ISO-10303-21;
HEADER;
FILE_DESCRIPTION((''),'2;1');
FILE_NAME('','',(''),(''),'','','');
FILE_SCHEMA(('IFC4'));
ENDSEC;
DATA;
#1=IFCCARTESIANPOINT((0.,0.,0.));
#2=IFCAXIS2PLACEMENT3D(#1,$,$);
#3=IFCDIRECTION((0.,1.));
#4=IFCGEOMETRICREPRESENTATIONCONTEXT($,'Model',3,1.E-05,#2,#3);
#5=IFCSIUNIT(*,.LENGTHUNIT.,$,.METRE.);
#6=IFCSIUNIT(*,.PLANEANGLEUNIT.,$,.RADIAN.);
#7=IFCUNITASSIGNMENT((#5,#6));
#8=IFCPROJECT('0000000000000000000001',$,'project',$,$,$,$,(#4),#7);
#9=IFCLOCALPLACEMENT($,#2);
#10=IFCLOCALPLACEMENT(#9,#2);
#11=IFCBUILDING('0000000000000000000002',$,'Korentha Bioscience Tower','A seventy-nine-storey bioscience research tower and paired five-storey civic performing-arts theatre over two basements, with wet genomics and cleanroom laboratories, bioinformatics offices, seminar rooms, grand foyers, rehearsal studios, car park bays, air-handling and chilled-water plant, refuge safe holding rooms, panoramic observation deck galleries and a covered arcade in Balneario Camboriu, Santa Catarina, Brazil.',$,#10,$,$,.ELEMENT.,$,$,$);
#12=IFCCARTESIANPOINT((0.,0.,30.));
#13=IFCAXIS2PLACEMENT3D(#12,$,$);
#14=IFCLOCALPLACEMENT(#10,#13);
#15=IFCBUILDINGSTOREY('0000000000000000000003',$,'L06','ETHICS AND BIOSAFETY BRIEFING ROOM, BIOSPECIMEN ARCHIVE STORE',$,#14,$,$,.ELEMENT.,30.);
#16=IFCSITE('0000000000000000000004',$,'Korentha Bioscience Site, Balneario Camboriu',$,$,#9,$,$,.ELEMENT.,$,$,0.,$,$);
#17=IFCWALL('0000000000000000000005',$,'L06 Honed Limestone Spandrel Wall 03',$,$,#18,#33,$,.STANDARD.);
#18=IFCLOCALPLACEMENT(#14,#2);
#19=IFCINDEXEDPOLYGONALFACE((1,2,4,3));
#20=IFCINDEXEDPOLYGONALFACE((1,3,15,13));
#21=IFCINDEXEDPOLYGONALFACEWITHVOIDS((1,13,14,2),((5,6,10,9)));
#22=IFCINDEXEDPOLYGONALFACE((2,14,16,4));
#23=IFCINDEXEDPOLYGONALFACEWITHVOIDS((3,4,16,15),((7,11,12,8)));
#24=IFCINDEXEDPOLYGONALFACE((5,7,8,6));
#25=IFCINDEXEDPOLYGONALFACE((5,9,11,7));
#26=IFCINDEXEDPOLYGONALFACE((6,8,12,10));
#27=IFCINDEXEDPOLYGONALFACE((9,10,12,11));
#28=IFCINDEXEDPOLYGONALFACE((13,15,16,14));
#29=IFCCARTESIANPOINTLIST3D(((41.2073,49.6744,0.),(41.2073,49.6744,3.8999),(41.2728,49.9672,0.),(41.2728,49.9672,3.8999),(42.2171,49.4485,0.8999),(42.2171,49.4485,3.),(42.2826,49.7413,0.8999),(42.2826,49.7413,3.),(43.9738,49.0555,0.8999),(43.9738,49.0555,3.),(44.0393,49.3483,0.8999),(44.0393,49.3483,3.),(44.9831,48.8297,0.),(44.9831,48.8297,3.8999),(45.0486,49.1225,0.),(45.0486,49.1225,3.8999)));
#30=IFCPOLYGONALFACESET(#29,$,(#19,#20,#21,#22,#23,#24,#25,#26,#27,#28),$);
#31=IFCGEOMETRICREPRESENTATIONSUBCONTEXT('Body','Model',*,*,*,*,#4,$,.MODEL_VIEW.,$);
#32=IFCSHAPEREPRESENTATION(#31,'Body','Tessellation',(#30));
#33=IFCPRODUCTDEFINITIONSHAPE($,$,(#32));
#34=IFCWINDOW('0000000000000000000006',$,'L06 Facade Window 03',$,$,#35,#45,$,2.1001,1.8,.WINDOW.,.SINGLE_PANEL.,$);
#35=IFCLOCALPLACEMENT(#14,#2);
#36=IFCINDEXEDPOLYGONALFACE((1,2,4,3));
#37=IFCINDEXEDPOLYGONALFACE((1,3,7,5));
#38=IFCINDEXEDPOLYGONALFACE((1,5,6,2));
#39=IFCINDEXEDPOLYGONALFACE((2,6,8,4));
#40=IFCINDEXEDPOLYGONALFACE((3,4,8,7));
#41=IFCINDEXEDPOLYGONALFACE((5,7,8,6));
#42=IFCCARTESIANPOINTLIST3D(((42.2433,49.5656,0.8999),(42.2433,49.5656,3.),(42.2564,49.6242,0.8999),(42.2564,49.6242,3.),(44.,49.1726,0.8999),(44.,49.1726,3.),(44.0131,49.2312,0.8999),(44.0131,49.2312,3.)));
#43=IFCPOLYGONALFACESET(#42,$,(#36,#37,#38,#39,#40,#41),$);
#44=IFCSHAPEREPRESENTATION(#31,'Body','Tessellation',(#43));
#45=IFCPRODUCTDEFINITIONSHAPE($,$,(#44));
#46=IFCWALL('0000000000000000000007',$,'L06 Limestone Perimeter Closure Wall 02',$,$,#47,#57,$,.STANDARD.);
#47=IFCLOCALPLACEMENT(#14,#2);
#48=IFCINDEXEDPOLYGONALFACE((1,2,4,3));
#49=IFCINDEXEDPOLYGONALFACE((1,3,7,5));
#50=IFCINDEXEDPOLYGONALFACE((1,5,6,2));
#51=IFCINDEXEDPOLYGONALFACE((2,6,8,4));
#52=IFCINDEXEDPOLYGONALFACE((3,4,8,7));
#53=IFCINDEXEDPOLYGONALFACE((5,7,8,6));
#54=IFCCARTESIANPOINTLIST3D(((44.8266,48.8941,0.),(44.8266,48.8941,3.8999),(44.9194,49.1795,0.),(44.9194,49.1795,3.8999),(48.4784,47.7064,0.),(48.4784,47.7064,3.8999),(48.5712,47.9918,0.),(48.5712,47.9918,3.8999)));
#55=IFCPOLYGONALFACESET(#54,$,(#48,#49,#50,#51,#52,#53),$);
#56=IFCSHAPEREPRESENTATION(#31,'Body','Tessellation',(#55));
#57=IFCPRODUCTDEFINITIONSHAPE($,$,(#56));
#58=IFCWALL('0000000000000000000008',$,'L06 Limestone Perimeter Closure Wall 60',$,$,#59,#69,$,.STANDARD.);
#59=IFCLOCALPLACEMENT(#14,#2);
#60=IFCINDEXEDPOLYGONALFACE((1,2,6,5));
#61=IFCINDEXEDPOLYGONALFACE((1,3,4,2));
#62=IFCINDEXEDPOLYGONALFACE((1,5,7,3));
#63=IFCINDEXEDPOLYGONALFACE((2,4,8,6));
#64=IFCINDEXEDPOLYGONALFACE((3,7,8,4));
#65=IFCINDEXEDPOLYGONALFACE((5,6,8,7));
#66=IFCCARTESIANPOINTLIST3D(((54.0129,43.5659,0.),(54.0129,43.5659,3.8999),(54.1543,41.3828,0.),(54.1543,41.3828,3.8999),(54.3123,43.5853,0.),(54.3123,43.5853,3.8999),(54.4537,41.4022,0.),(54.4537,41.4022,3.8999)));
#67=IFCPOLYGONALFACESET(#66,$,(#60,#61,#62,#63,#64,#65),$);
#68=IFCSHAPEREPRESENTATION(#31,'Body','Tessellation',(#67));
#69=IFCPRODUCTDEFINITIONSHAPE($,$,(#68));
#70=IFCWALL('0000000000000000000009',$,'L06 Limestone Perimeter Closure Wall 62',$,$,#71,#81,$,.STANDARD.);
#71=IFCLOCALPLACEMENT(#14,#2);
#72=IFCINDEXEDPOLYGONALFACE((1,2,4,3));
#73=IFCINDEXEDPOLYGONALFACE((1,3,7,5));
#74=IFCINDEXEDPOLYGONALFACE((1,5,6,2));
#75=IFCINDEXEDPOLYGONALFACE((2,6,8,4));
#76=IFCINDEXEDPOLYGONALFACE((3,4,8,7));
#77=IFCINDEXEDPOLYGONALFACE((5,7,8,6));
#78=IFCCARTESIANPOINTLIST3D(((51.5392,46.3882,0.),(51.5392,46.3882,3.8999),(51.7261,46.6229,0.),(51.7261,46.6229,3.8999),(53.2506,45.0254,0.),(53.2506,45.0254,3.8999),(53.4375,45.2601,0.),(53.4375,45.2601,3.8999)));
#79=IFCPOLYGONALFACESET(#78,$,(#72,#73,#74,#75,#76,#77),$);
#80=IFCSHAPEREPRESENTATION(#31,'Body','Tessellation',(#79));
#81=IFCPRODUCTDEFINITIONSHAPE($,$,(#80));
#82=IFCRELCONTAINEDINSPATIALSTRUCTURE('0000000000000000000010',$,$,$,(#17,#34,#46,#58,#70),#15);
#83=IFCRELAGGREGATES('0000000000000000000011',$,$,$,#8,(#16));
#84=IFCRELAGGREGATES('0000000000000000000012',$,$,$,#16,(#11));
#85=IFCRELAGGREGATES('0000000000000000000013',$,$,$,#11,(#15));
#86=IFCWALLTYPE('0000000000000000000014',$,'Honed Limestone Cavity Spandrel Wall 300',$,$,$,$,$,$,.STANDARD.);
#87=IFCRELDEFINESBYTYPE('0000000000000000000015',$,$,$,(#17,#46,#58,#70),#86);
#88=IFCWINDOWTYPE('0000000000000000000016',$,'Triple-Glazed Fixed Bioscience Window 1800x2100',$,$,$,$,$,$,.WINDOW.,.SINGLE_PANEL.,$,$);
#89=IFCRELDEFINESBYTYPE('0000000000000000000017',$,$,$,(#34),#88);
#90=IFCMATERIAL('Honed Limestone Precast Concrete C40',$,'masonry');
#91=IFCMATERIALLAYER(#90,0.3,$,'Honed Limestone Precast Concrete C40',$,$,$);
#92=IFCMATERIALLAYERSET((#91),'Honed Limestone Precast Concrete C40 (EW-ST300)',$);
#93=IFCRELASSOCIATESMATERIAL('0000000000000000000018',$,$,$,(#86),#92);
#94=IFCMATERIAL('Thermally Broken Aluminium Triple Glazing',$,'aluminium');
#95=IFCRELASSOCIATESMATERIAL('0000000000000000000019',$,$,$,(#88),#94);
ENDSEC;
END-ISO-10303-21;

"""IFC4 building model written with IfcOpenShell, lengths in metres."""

from ifc_helpers import new_model, si_unit, direction, frame, frame_2d, origin, place, context, subcontext, project, spatial, rectangle, extrude, material, layer, layer_set, type_object, element, fill, save


model = new_model("IFC4")

# Units and contexts
model_context = context("Model", 3, precision=1e-05, world=origin(), true_north=direction((0.0, 1.0)))
body_context = subcontext(model_context, "Body", "Model", "MODEL_VIEW")
ifc_project = project(units=[si_unit("LENGTHUNIT", "METRE"), si_unit("PLANEANGLEUNIT", "RADIAN")], contexts=[model_context])

# Site, building, storey
site_placement = place(None, origin())
site = spatial("IfcSite", under=ifc_project, at=site_placement, Name="Korentha Bioscience Site, Balneario Camboriu", CompositionType="ELEMENT", RefElevation=0.0)
building_placement = place(site_placement, origin())
building = spatial("IfcBuilding", under=site, at=building_placement, Name="Korentha Bioscience Tower", Description="A seventy-nine-storey bioscience research tower and paired five-storey civic performing-arts theatre over two basements, with wet genomics and cleanroom laboratories, bioinformatics offices, seminar rooms, grand foyers, rehearsal studios, car park bays, air-handling and chilled-water plant, refuge safe holding rooms, panoramic observation deck galleries and a covered arcade in Balneario Camboriu, Santa Catarina, Brazil.", CompositionType="ELEMENT")
storey_placement = place(building_placement, frame((0.0, 0.0, 30.0)))
storey = spatial("IfcBuildingStorey", under=building, at=storey_placement, Name="L06", Description="ETHICS AND BIOSAFETY BRIEFING ROOM, BIOSPECIMEN ARCHIVE STORE", CompositionType="ELEMENT", Elevation=30.0)

# Wall, opening, window
ifc_material_1 = material(Name="Honed Limestone Precast Concrete C40", Category="masonry")
ifc_layer_1 = layer(ifc_material_1, 0.3, Name="Honed Limestone Precast Concrete C40")
ifc_layer_set_1 = layer_set([ifc_layer_1], Name="Honed Limestone Precast Concrete C40 (EW-ST300)")
wall_type_1 = type_object("IfcWallType", Name="Honed Limestone Cavity Spandrel Wall 300", PredefinedType="STANDARD", material=ifc_layer_set_1)
wall_1_placement = place(storey_placement, frame((45.0159, 48.9761, 0.0), z_axis=(0.0, 0.0, 1.0), x_axis=(-0.975877, 0.21832, 0.0)))
wall_1 = element("IfcWall", 1, at=wall_1_placement, inside=storey, type_object=wall_type_1, Name="L06 Honed Limestone Spandrel Wall 03", PredefinedType="STANDARD", context=body_context, shape_type="SweptSolid", body=[
    extrude(rectangle(XDim=3.8691, YDim=0.3, at=frame_2d((1.9346, 0.0))), origin(), (0.0, 0.0, 1.0), 3.8999),
])
opening_1_placement = place(wall_1_placement, frame((1.0344, 0.0, 0.8999)))
opening_1 = element("IfcOpeningElement", 2, at=opening_1_placement, cuts=wall_1, PredefinedType="OPENING", context=body_context, shape_type="SweptSolid", body=[
    extrude(rectangle(XDim=1.8, YDim=2.1001, at=frame_2d((0.8999, 1.05))), frame((0.0, 0.165, 0.0), z_axis=(0.0, -1.0, 0.0), x_axis=(1.0, 0.0, 0.0)), (0.0, 0.0, 1.0), 0.3298),
])
ifc_material_2 = material(Name="Thermally Broken Aluminium Triple Glazing", Category="aluminium")
window_type = type_object("IfcWindowType", Name="Triple-Glazed Fixed Bioscience Window 1800x2100", PartitioningType="SINGLE_PANEL", PredefinedType="WINDOW", material=ifc_material_2)
window_placement = place(opening_1_placement, origin())
window = element("IfcWindow", 3, at=window_placement, inside=storey, type_object=window_type, Name="L06 Facade Window 03", OverallHeight=2.1001, OverallWidth=1.8, PartitioningType="SINGLE_PANEL", PredefinedType="WINDOW", context=body_context, shape_type="SweptSolid", body=[
    extrude(rectangle(XDim=1.8, YDim=2.1001, at=frame_2d((0.8999, 1.05))), frame((0.0, 0.03, 0.0), z_axis=(0.0, -1.0, 0.0), x_axis=(1.0, 0.0, 0.0)), (0.0, 0.0, 1.0), 0.0601),
])
fill(opening_1, window)

# Walls
wall_2_placement = place(storey_placement, frame((48.5247, 47.8491, 0.0), z_axis=(0.0, 0.0, 1.0), x_axis=(-0.950966, 0.309296, 0.0)))
element("IfcWall", 4, at=wall_2_placement, inside=storey, type_object=wall_type_1, Name="L06 Limestone Perimeter Closure Wall 02", PredefinedType="STANDARD", context=body_context, shape_type="SweptSolid", body=[
    extrude(rectangle(XDim=3.8401, YDim=0.3, at=frame_2d((1.9199, 0.0))), origin(), (0.0, 0.0, 1.0), 3.8999),
])
for number, where, z_axis, x_axis, name in (
    (5, (54.304, 41.3926, 0.0), (0.0, 0.0, 1.0), (-0.064615, 0.99791, 0.0), "L06 Limestone Perimeter Closure Wall 60"),
    (6, (53.344, 45.1428, 0.0), (0.0, 0.0, 1.0), (-0.782282, 0.622924, 0.0), "L06 Limestone Perimeter Closure Wall 62"),
):
    element("IfcWall", number, at=place(storey_placement, frame(where, z_axis=z_axis, x_axis=x_axis)), inside=storey, type_object=wall_type_1, Name=name, PredefinedType="STANDARD", context=body_context, shape_type="SweptSolid", body=[
        extrude(rectangle(XDim=2.1877, YDim=0.3, at=frame_2d((1.0938, 0.0))), origin(), (0.0, 0.0, 1.0), 3.8999),
    ])

save(model, "model.ifc")
